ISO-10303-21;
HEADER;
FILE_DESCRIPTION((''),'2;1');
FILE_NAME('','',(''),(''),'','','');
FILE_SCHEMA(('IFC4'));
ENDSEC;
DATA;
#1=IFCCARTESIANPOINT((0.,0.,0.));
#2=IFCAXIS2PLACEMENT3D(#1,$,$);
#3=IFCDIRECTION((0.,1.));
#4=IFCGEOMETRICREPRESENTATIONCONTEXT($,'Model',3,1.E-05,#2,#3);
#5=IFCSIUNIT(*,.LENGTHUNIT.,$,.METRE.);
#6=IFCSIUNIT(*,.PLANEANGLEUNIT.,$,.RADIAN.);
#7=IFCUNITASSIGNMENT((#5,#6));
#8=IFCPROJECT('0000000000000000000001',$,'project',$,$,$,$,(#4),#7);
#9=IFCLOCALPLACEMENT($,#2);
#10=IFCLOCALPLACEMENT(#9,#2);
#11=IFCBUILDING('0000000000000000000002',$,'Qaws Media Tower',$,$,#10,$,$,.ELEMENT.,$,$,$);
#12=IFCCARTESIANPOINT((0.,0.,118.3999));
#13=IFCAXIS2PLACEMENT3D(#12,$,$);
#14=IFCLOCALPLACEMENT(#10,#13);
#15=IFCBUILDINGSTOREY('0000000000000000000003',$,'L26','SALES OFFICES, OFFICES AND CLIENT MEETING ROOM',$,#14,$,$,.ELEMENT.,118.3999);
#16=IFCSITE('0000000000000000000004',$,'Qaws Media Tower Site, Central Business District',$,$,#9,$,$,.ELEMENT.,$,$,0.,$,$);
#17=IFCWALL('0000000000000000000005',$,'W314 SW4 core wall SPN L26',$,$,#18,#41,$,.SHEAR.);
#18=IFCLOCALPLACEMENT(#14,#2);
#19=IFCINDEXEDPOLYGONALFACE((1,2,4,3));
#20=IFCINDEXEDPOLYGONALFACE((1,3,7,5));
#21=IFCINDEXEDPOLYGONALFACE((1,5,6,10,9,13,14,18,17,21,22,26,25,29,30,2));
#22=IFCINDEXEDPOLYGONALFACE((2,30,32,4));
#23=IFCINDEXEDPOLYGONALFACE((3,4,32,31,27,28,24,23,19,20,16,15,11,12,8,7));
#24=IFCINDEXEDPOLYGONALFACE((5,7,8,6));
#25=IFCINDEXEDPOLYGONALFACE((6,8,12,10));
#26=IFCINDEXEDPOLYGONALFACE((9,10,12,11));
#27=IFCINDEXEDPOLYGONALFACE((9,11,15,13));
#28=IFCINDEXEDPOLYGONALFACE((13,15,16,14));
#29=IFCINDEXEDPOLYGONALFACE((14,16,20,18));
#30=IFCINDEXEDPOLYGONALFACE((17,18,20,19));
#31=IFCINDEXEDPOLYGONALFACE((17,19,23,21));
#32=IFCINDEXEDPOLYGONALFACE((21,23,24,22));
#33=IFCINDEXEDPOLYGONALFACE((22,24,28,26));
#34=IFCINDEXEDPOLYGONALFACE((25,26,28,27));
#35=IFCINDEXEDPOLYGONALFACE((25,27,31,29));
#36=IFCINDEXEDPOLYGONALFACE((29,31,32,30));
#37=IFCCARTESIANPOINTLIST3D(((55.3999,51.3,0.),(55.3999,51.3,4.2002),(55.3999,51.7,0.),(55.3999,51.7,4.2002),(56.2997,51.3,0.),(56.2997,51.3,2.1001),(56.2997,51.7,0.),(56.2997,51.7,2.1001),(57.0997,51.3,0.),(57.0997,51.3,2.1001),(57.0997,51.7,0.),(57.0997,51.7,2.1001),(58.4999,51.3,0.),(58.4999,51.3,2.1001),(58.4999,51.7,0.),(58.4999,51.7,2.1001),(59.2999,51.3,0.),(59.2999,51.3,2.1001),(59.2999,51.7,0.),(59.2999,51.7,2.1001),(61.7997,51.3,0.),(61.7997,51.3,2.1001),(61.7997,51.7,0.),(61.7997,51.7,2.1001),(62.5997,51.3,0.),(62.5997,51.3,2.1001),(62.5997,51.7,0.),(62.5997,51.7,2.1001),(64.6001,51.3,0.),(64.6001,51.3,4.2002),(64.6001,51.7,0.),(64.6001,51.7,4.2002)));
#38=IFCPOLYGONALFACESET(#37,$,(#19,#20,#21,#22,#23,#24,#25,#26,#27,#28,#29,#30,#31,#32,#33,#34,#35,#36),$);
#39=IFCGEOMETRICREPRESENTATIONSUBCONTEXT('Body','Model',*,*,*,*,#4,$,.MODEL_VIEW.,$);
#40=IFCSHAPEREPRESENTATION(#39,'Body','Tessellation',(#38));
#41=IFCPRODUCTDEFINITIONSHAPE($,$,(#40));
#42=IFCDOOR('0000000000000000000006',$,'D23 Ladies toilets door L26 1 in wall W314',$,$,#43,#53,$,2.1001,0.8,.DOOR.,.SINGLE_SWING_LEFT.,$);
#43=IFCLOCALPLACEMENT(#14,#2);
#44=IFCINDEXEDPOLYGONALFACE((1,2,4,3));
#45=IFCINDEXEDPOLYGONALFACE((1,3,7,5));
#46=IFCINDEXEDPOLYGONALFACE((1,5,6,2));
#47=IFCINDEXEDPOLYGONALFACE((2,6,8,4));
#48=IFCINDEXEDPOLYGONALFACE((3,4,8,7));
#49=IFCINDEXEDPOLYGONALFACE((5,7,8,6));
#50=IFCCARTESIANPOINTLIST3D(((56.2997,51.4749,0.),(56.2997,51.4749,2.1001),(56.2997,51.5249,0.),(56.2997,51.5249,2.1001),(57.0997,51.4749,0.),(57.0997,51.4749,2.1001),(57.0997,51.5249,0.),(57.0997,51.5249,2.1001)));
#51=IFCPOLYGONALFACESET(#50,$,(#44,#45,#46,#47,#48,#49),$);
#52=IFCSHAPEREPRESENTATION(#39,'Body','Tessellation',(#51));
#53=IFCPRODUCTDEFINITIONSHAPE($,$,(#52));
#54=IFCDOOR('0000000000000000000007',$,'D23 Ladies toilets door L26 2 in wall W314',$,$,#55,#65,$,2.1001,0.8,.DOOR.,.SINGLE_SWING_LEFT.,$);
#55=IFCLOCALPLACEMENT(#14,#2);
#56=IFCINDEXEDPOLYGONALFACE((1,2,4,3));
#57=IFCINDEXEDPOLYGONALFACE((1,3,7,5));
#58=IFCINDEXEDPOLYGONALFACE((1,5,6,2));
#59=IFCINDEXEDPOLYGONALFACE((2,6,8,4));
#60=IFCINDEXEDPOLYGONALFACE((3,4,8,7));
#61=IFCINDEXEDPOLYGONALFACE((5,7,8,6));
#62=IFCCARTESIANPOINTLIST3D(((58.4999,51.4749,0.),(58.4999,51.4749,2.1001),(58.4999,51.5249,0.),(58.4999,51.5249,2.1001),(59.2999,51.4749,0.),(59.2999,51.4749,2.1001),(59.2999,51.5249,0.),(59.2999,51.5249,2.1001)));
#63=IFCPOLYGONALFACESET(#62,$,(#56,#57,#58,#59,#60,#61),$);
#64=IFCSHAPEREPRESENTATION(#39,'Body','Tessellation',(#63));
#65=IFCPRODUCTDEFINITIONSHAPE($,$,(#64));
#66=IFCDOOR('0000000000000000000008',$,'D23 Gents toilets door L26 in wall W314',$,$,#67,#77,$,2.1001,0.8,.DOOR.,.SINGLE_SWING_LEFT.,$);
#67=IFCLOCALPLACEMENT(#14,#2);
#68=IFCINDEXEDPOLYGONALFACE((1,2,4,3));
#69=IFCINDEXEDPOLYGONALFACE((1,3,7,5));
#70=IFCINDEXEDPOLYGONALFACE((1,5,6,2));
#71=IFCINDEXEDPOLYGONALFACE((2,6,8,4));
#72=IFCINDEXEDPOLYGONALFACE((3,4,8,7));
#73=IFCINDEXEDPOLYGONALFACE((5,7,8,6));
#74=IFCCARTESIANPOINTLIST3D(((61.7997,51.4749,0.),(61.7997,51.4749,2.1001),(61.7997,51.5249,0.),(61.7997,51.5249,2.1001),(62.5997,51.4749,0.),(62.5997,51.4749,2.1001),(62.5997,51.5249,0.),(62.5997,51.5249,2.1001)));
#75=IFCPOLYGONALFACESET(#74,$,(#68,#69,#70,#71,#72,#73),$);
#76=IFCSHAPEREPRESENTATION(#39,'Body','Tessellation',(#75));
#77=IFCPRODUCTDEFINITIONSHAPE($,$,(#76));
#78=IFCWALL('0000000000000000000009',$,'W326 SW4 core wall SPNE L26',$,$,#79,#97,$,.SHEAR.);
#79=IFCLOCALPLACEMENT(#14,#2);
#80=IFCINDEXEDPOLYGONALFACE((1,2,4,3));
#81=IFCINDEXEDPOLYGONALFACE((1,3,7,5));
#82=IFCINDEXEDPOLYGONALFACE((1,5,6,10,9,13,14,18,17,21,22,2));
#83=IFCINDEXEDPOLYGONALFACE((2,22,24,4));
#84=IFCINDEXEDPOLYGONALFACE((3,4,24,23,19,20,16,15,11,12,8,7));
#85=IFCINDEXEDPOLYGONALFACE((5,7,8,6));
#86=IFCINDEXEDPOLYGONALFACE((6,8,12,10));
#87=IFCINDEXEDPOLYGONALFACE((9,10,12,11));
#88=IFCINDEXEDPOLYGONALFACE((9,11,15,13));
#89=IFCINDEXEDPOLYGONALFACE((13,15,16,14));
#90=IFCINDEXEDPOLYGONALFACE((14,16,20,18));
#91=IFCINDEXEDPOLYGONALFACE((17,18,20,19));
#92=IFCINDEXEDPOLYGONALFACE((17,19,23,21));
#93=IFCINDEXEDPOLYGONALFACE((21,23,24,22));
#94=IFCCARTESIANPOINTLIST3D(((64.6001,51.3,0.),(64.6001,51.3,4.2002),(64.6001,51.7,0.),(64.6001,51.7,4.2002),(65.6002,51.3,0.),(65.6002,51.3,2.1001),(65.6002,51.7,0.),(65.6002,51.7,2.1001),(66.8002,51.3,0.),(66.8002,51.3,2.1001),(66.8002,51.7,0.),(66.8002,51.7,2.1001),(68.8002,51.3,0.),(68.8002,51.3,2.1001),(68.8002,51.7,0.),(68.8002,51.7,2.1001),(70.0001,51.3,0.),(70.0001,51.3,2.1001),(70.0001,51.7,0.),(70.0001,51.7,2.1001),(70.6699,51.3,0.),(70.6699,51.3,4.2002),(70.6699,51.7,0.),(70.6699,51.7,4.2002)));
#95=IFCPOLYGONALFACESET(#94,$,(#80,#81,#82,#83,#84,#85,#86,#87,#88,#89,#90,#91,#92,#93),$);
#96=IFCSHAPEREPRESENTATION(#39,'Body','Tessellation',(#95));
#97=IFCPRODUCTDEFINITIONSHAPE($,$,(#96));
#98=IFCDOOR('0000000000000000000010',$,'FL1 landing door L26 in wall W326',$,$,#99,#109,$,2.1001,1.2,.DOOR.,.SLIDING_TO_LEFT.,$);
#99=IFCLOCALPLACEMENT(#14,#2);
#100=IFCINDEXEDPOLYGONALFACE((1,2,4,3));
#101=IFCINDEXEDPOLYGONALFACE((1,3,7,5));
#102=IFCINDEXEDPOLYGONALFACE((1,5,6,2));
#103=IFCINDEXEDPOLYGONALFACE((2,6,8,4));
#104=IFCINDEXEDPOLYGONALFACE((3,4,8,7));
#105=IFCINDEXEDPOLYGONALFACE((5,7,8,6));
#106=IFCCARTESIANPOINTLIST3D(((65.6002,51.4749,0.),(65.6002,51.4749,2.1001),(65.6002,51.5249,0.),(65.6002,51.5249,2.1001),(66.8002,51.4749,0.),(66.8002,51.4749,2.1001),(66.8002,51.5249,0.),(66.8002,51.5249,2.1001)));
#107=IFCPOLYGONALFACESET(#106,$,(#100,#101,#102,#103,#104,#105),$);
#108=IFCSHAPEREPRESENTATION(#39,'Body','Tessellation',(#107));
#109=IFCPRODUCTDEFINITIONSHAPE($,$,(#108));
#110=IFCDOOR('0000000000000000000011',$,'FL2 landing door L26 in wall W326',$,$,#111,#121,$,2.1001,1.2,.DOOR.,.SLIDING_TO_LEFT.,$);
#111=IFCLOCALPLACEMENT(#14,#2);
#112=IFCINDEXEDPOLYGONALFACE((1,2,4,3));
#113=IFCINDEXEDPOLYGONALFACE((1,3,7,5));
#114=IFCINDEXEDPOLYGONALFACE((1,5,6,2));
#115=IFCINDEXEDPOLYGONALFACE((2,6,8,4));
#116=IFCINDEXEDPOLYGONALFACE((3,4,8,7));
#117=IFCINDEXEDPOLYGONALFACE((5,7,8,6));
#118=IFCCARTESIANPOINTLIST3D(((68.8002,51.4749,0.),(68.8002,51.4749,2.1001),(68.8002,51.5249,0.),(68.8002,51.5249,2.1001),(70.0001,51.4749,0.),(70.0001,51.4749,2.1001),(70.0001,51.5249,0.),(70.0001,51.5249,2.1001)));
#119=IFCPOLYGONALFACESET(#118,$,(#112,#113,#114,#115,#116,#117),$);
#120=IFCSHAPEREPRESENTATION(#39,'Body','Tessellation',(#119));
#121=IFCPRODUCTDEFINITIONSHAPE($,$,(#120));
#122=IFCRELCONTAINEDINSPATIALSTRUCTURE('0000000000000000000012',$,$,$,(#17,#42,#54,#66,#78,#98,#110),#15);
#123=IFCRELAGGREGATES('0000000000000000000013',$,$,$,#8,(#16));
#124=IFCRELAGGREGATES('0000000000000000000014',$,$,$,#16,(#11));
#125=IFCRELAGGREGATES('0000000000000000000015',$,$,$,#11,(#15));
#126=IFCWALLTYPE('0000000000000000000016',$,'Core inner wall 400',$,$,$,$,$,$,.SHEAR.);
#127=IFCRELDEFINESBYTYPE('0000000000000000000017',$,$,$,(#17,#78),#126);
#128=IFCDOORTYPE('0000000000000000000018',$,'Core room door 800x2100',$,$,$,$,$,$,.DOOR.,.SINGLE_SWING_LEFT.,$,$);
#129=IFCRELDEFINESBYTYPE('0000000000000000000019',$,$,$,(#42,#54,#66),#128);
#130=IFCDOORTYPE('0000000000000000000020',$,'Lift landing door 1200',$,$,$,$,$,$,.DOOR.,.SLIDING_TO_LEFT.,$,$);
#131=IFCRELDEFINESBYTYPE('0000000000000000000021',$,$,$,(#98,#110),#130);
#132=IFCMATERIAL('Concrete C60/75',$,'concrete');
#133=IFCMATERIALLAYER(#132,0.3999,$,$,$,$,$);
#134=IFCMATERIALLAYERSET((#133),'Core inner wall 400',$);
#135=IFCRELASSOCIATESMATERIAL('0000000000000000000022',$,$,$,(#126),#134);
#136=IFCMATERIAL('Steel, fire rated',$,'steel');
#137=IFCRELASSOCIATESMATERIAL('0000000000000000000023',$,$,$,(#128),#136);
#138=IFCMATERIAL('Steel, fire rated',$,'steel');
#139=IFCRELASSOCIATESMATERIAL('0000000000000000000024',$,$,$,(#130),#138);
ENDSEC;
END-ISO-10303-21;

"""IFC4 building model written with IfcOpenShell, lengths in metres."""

from ifc_helpers import new_model, si_unit, direction, frame, frame_2d, origin, place, context, subcontext, project, spatial, rectangle, extrude, material, layer, layer_set, type_object, element, fill, save


model = new_model("IFC4")

# Units and contexts
model_context = context("Model", 3, precision=1e-05, world=origin(), true_north=direction((0.0, 1.0)))
body_context = subcontext(model_context, "Body", "Model", "MODEL_VIEW")
ifc_project = project(units=[si_unit("LENGTHUNIT", "METRE"), si_unit("PLANEANGLEUNIT", "RADIAN")], contexts=[model_context])

# Site, building, storey
site_placement = place(None, origin())
site = spatial("IfcSite", under=ifc_project, at=site_placement, Name="Qaws Media Tower Site, Central Business District", CompositionType="ELEMENT", RefElevation=0.0)
building_placement = place(site_placement, origin())
building = spatial("IfcBuilding", under=site, at=building_placement, Name="Qaws Media Tower", CompositionType="ELEMENT")
storey_placement = place(building_placement, frame((0.0, 0.0, 118.3999)))
storey = spatial("IfcBuildingStorey", under=building, at=storey_placement, Name="L26", Description="SALES OFFICES, OFFICES AND CLIENT MEETING ROOM", CompositionType="ELEMENT", Elevation=118.3999)

# Walls, openings, doors
ifc_material_1 = material(Name="Concrete C60/75", Category="concrete")
ifc_layer_1 = layer(ifc_material_1, 0.3999)
ifc_layer_set_1 = layer_set([ifc_layer_1], Name="Core inner wall 400")
wall_type_1 = type_object("IfcWallType", Name="Core inner wall 400", PredefinedType="SHEAR", material=ifc_layer_set_1)
wall_1_placement = place(storey_placement, frame((55.3999, 51.5, 0.0), z_axis=(0.0, 0.0, 1.0), x_axis=(1.0, 0.0, 0.0)))
wall_1 = element("IfcWall", 1, at=wall_1_placement, inside=storey, type_object=wall_type_1, Name="W314 SW4 core wall SPN L26", PredefinedType="SHEAR", context=body_context, shape_type="SweptSolid", body=[
    extrude(rectangle(XDim=9.2002, YDim=0.3999, at=frame_2d((4.6001, 0.0))), origin(), (0.0, 0.0, 1.0), 4.2002),
])
opening_1_placement = place(wall_1_placement, frame((0.8999, 0.0, 0.0)))
opening_1 = element("IfcOpeningElement", 2, at=opening_1_placement, cuts=wall_1, PredefinedType="OPENING", context=body_context, shape_type="SweptSolid", body=[
    extrude(rectangle(XDim=0.8, YDim=2.1001, at=frame_2d((0.3999, 1.05))), frame((0.0, 0.21, 0.0), z_axis=(0.0, -1.0, 0.0), x_axis=(1.0, 0.0, 0.0)), (0.0, 0.0, 1.0), 0.4199),
])
opening_2_placement = place(wall_1_placement, frame((3.1001, 0.0, 0.0)))
opening_2 = element("IfcOpeningElement", 3, at=opening_2_placement, cuts=wall_1, PredefinedType="OPENING", context=body_context, shape_type="SweptSolid", body=[
    extrude(rectangle(XDim=0.8, YDim=2.1001, at=frame_2d((0.3999, 1.05))), frame((0.0, 0.21, 0.0), z_axis=(0.0, -1.0, 0.0), x_axis=(1.0, 0.0, 0.0)), (0.0, 0.0, 1.0), 0.4199),
])
opening_3_placement = place(wall_1_placement, frame((6.3999, 0.0, 0.0)))
opening_3 = element("IfcOpeningElement", 4, at=opening_3_placement, cuts=wall_1, PredefinedType="OPENING", context=body_context, shape_type="SweptSolid", body=[
    extrude(rectangle(XDim=0.8, YDim=2.1001, at=frame_2d((0.3999, 1.05))), frame((0.0, 0.21, 0.0), z_axis=(0.0, -1.0, 0.0), x_axis=(1.0, 0.0, 0.0)), (0.0, 0.0, 1.0), 0.4199),
])
ifc_material_2 = material(Name="Steel, fire rated", Category="steel")
door_type_1 = type_object("IfcDoorType", Name="Core room door 800x2100", OperationType="SINGLE_SWING_LEFT", PredefinedType="DOOR", material=ifc_material_2)
door_1_placement = place(opening_1_placement, origin())
door_1 = element("IfcDoor", 5, at=door_1_placement, inside=storey, type_object=door_type_1, Name="D23 Ladies toilets door L26 1 in wall W314", OperationType="SINGLE_SWING_LEFT", OverallHeight=2.1001, OverallWidth=0.8, PredefinedType="DOOR", context=body_context, shape_type="SweptSolid", body=[
    extrude(rectangle(XDim=0.8, YDim=2.1001, at=frame_2d((0.3999, 1.05))), frame((0.0, 0.0249, 0.0), z_axis=(0.0, -1.0, 0.0), x_axis=(1.0, 0.0, 0.0)), (0.0, 0.0, 1.0), 0.05),
])
fill(opening_1, door_1)
door_2_placement = place(opening_2_placement, origin())
door_2 = element("IfcDoor", 6, at=door_2_placement, inside=storey, type_object=door_type_1, Name="D23 Ladies toilets door L26 2 in wall W314", OperationType="SINGLE_SWING_LEFT", OverallHeight=2.1001, OverallWidth=0.8, PredefinedType="DOOR", context=body_context, shape_type="SweptSolid", body=[
    extrude(rectangle(XDim=0.8, YDim=2.1001, at=frame_2d((0.3999, 1.05))), frame((0.0, 0.0249, 0.0), z_axis=(0.0, -1.0, 0.0), x_axis=(1.0, 0.0, 0.0)), (0.0, 0.0, 1.0), 0.05),
])
fill(opening_2, door_2)
door_3_placement = place(opening_3_placement, origin())
door_3 = element("IfcDoor", 7, at=door_3_placement, inside=storey, type_object=door_type_1, Name="D23 Gents toilets door L26 in wall W314", OperationType="SINGLE_SWING_LEFT", OverallHeight=2.1001, OverallWidth=0.8, PredefinedType="DOOR", context=body_context, shape_type="SweptSolid", body=[
    extrude(rectangle(XDim=0.8, YDim=2.1001, at=frame_2d((0.3999, 1.05))), frame((0.0, 0.0249, 0.0), z_axis=(0.0, -1.0, 0.0), x_axis=(1.0, 0.0, 0.0)), (0.0, 0.0, 1.0), 0.05),
])
fill(opening_3, door_3)
wall_2_placement = place(storey_placement, frame((64.6001, 51.5, 0.0), z_axis=(0.0, 0.0, 1.0), x_axis=(1.0, 0.0, 0.0)))
wall_2 = element("IfcWall", 8, at=wall_2_placement, inside=storey, type_object=wall_type_1, Name="W326 SW4 core wall SPNE L26", PredefinedType="SHEAR", context=body_context, shape_type="SweptSolid", body=[
    extrude(rectangle(XDim=6.0698, YDim=0.3999, at=frame_2d((3.0349, 0.0))), origin(), (0.0, 0.0, 1.0), 4.2002),
])
opening_4_placement = place(wall_2_placement, frame((1.0, 0.0, 0.0)))
opening_4 = element("IfcOpeningElement", 9, at=opening_4_placement, cuts=wall_2, PredefinedType="OPENING", context=body_context, shape_type="SweptSolid", body=[
    extrude(rectangle(XDim=1.2, YDim=2.1001, at=frame_2d((0.6001, 1.05))), frame((0.0, 0.21, 0.0), z_axis=(0.0, -1.0, 0.0), x_axis=(1.0, 0.0, 0.0)), (0.0, 0.0, 1.0), 0.4199),
])
opening_5_placement = place(wall_2_placement, frame((4.2, 0.0, 0.0)))
opening_5 = element("IfcOpeningElement", 10, at=opening_5_placement, cuts=wall_2, PredefinedType="OPENING", context=body_context, shape_type="SweptSolid", body=[
    extrude(rectangle(XDim=1.2, YDim=2.1001, at=frame_2d((0.6001, 1.05))), frame((0.0, 0.21, 0.0), z_axis=(0.0, -1.0, 0.0), x_axis=(1.0, 0.0, 0.0)), (0.0, 0.0, 1.0), 0.4199),
])
ifc_material_3 = material(Name="Steel, fire rated", Category="steel")
door_type_2 = type_object("IfcDoorType", Name="Lift landing door 1200", OperationType="SLIDING_TO_LEFT", PredefinedType="DOOR", material=ifc_material_3)
door_4_placement = place(opening_4_placement, origin())
door_4 = element("IfcDoor", 11, at=door_4_placement, inside=storey, type_object=door_type_2, Name="FL1 landing door L26 in wall W326", OperationType="SLIDING_TO_LEFT", OverallHeight=2.1001, OverallWidth=1.2, PredefinedType="DOOR", context=body_context, shape_type="SweptSolid", body=[
    extrude(rectangle(XDim=1.2, YDim=2.1001, at=frame_2d((0.6001, 1.05))), frame((0.0, 0.0249, 0.0), z_axis=(0.0, -1.0, 0.0), x_axis=(1.0, 0.0, 0.0)), (0.0, 0.0, 1.0), 0.05),
])
fill(opening_4, door_4)
door_5_placement = place(opening_5_placement, origin())
door_5 = element("IfcDoor", 12, at=door_5_placement, inside=storey, type_object=door_type_2, Name="FL2 landing door L26 in wall W326", OperationType="SLIDING_TO_LEFT", OverallHeight=2.1001, OverallWidth=1.2, PredefinedType="DOOR", context=body_context, shape_type="SweptSolid", body=[
    extrude(rectangle(XDim=1.2, YDim=2.1001, at=frame_2d((0.6001, 1.05))), frame((0.0, 0.0249, 0.0), z_axis=(0.0, -1.0, 0.0), x_axis=(1.0, 0.0, 0.0)), (0.0, 0.0, 1.0), 0.05),
])
fill(opening_5, door_5)

save(model, "model.ifc")
